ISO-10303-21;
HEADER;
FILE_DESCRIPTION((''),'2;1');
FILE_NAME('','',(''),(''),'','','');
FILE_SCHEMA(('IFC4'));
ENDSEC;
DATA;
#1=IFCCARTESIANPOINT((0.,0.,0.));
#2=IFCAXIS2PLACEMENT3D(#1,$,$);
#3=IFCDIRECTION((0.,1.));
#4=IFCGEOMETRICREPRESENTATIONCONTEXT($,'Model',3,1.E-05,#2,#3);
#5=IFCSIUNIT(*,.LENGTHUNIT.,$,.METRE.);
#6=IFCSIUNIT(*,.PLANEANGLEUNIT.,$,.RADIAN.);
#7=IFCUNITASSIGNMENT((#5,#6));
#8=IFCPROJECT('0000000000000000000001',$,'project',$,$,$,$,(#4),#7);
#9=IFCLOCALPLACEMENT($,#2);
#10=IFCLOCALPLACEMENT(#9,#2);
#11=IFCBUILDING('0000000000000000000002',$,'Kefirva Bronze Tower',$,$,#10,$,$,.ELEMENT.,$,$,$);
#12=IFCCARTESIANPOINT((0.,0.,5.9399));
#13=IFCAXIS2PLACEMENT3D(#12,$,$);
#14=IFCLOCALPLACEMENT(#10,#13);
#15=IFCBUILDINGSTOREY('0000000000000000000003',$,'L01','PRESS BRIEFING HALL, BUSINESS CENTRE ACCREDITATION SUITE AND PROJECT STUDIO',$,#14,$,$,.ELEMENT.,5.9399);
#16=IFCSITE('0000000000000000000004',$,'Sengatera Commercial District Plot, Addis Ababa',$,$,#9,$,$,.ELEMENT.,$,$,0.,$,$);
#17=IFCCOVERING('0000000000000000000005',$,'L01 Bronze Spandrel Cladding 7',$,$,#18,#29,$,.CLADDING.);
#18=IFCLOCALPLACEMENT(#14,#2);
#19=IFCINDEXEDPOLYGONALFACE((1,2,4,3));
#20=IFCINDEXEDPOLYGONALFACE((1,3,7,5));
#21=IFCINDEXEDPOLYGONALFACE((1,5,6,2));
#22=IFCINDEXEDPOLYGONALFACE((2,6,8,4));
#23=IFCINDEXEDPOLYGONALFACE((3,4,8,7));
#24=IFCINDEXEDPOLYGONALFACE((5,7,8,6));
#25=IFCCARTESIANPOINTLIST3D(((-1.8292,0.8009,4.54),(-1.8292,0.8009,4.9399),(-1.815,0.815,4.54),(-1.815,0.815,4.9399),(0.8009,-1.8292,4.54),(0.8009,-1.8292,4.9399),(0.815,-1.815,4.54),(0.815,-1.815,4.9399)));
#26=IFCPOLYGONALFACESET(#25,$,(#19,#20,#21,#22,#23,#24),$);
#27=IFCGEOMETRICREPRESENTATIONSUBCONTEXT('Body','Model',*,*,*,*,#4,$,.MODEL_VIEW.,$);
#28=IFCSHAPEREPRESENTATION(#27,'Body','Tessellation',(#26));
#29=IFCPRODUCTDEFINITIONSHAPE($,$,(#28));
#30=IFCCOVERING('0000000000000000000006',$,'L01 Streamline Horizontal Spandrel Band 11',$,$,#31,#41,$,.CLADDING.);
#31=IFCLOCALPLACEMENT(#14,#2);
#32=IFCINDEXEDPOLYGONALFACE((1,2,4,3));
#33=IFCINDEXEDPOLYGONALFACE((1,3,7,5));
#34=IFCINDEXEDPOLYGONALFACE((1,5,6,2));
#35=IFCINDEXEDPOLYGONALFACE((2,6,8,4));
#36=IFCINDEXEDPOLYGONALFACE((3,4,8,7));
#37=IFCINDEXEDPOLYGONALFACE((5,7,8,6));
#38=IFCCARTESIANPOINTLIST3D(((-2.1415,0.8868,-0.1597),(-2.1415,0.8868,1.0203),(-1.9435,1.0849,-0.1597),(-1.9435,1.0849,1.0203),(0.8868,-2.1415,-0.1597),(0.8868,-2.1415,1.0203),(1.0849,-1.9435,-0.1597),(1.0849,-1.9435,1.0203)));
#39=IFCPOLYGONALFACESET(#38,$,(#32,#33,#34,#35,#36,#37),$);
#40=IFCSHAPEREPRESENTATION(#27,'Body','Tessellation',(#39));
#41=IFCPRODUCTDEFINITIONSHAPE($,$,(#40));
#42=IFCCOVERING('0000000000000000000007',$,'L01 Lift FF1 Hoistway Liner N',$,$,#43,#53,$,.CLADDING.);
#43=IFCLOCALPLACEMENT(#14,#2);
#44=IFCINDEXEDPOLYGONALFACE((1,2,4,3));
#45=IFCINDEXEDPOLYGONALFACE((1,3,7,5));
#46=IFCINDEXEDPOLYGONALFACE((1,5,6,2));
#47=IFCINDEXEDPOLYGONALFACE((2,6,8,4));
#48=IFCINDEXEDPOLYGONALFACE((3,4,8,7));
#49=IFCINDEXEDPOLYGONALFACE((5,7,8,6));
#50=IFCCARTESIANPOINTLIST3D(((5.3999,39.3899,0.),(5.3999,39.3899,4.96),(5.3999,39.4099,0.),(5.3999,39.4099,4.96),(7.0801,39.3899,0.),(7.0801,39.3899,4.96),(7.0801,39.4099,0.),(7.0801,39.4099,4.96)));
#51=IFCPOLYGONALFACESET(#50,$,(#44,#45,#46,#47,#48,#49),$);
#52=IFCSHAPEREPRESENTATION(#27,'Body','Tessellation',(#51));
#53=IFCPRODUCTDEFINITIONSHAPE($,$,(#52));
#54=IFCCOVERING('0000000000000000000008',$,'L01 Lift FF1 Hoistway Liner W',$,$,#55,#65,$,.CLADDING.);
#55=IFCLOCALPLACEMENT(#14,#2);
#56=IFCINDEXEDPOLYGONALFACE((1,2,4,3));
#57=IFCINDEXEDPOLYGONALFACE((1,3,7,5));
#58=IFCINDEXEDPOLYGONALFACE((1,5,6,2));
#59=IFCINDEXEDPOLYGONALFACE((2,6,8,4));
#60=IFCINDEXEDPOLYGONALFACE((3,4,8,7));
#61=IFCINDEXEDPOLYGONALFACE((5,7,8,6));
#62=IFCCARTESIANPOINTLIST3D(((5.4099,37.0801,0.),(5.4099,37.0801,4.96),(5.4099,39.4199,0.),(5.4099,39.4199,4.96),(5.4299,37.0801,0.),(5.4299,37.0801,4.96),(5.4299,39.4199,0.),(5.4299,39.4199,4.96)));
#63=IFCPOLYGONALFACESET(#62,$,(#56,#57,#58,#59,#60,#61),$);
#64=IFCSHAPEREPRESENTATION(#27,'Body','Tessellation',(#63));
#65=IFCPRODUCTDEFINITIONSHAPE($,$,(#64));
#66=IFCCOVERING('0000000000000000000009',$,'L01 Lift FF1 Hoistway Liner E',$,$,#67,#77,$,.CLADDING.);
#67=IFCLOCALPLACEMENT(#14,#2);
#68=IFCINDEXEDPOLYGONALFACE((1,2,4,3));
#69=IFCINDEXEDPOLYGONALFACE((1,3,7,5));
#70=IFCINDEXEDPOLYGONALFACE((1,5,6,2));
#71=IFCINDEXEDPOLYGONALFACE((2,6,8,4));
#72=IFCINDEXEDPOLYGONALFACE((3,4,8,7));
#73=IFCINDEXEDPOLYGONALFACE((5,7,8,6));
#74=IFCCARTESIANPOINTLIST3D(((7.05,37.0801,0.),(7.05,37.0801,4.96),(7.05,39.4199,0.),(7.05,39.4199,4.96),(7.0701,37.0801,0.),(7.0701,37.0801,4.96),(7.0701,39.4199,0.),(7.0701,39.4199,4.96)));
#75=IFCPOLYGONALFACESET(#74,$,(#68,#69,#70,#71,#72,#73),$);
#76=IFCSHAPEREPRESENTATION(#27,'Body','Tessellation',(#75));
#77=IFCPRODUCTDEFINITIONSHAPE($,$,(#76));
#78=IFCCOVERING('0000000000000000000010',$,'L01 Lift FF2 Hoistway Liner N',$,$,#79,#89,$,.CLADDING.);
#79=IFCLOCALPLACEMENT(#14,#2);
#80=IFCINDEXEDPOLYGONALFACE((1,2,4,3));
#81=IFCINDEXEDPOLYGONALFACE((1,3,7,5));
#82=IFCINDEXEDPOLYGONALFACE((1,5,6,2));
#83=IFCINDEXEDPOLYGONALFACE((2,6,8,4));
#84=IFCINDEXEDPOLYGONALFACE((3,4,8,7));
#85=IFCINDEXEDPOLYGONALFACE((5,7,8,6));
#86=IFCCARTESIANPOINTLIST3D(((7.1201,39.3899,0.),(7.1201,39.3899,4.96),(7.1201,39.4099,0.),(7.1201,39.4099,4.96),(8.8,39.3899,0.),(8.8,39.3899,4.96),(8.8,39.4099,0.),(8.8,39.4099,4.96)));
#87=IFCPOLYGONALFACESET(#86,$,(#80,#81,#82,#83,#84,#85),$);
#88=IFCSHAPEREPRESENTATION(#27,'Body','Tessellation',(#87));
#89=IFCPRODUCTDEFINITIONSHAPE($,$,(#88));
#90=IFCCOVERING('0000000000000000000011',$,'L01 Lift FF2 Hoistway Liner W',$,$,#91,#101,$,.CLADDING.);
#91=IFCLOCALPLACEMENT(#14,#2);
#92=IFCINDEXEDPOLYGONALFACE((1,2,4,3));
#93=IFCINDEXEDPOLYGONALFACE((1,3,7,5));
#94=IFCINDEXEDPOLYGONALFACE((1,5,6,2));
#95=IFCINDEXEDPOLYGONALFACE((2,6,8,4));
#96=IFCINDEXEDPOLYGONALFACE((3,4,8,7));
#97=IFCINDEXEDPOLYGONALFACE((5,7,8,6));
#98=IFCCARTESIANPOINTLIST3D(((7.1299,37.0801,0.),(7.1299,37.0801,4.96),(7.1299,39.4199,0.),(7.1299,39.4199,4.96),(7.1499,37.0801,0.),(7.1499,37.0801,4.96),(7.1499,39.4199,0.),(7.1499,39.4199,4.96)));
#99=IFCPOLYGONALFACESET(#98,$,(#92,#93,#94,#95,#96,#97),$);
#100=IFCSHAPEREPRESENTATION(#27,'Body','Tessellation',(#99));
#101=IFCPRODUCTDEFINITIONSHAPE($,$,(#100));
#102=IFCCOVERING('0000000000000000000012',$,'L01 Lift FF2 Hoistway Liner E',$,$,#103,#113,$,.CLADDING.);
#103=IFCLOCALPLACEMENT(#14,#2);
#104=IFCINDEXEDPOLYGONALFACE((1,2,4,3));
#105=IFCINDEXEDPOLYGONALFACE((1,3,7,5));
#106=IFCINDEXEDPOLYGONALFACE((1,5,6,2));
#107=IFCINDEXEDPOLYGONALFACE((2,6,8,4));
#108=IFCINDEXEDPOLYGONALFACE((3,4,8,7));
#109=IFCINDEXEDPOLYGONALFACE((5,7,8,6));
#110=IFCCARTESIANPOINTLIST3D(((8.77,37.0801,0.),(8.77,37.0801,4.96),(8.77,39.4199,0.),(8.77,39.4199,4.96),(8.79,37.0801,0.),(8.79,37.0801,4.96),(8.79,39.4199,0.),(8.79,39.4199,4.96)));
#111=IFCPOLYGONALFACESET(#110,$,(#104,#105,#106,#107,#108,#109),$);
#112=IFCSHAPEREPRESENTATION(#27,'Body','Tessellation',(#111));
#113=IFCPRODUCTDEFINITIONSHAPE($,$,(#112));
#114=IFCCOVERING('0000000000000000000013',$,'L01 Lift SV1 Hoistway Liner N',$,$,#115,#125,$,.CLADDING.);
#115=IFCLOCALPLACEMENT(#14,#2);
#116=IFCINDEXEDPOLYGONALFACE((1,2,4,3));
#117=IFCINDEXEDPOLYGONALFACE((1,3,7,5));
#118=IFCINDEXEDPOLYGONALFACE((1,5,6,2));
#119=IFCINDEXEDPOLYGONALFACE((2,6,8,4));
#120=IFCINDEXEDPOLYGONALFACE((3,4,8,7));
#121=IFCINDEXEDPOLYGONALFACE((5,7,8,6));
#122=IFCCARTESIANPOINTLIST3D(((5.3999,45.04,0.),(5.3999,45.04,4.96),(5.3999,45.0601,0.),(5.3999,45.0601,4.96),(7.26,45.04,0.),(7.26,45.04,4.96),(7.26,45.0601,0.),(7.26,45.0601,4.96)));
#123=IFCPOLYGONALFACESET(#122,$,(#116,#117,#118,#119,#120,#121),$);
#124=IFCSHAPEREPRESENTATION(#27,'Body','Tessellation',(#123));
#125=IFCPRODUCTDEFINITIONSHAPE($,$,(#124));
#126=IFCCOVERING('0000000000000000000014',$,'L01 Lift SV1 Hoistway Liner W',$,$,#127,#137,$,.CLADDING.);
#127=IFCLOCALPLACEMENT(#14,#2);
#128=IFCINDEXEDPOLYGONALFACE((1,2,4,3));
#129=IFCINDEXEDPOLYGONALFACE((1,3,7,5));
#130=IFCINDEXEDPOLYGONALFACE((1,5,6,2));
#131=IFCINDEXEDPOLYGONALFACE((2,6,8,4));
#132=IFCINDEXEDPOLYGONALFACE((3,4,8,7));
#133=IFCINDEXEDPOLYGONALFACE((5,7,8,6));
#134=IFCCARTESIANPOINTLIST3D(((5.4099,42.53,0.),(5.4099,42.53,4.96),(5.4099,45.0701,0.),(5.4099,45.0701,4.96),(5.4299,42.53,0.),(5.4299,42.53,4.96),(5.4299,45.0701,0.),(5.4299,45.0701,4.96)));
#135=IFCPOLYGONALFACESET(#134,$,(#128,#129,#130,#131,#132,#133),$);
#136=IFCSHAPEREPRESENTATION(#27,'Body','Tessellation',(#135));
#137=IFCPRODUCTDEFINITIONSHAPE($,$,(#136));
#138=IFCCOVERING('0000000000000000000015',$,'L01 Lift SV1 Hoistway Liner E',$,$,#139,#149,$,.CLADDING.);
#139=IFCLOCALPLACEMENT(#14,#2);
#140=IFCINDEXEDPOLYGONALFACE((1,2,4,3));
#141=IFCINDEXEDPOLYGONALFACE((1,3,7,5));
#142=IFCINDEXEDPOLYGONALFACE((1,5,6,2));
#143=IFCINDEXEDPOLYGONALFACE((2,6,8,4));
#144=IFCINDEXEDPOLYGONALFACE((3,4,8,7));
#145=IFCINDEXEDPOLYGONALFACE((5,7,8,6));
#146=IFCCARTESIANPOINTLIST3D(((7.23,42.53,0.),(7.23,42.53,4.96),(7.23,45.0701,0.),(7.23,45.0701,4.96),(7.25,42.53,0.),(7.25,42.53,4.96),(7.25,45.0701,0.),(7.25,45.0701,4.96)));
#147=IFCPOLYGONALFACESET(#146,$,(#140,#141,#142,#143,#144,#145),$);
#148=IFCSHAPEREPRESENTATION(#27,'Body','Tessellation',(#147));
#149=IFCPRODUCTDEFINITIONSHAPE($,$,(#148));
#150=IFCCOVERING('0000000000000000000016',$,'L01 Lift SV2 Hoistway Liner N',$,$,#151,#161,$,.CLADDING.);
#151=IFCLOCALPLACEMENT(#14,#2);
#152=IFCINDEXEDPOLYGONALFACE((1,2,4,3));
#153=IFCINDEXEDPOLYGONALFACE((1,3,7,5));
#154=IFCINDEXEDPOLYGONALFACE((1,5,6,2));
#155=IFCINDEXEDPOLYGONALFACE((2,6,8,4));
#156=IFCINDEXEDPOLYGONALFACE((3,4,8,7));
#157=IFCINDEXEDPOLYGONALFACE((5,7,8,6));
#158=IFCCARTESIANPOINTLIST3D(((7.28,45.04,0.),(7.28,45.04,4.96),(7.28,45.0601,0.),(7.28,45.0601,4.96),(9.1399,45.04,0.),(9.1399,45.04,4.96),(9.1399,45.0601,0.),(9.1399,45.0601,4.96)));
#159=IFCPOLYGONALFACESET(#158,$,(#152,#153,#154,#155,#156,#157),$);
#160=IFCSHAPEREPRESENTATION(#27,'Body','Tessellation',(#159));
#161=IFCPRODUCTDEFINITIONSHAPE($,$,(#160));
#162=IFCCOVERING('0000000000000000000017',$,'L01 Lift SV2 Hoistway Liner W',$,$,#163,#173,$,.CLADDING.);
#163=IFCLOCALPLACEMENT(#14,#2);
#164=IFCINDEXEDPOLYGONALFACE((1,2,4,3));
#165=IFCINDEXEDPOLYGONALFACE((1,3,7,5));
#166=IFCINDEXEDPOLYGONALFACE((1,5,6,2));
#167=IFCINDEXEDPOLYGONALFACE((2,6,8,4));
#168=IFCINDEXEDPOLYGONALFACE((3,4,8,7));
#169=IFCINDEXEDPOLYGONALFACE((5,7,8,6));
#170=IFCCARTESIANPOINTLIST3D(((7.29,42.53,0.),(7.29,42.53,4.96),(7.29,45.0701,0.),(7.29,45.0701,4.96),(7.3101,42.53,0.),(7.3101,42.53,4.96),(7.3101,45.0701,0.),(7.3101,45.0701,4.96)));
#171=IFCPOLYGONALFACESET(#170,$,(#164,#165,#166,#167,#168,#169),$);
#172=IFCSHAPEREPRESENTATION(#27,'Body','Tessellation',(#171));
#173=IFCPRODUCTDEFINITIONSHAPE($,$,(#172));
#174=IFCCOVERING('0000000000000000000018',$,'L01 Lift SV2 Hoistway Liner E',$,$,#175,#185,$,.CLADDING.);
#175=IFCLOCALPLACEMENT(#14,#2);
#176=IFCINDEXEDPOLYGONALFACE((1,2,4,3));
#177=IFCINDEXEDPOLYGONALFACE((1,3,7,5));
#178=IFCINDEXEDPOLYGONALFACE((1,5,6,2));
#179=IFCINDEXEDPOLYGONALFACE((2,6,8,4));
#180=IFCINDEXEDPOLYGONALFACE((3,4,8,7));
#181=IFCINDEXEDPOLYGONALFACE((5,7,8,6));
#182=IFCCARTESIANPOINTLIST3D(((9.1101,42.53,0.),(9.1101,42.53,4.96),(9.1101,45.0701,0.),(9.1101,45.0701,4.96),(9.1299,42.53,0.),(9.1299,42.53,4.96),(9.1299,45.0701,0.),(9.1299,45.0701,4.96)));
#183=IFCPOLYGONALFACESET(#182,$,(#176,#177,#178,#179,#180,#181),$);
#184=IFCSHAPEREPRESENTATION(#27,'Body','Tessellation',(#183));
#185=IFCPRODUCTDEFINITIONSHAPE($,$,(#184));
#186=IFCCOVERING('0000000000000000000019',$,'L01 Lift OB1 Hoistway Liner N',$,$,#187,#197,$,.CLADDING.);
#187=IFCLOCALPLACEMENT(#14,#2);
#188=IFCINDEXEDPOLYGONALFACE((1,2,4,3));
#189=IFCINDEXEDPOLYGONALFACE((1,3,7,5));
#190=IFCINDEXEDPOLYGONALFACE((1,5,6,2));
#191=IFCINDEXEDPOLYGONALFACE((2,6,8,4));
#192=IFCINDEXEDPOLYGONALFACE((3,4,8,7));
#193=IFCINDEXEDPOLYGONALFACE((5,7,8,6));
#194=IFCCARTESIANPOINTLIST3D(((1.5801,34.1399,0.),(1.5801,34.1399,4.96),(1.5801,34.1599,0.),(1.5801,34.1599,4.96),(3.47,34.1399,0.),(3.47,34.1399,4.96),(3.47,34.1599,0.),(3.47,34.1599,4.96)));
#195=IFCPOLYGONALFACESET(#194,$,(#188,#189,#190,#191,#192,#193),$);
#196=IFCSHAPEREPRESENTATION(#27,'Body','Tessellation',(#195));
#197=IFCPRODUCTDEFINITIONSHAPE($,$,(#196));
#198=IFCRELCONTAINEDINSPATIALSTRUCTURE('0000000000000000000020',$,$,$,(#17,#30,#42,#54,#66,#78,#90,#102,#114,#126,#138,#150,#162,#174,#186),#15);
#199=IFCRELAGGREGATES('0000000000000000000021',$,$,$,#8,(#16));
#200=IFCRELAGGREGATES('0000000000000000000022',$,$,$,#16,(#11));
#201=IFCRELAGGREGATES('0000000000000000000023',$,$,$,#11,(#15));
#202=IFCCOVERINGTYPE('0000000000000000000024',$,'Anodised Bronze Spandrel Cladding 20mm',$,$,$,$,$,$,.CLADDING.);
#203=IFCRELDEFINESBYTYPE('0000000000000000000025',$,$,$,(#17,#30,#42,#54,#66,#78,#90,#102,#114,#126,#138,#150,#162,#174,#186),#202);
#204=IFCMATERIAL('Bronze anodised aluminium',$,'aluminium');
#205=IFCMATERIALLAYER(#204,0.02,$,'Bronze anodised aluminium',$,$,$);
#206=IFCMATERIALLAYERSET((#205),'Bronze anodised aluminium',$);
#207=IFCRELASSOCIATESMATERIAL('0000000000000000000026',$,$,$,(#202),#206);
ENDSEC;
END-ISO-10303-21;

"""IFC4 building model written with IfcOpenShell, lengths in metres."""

from ifc_helpers import new_model, si_unit, direction, frame, origin, origin_2d, place, context, subcontext, project, spatial, polyline, rectangle, outline, extrude, material, layer, layer_set, type_object, element, save


model = new_model("IFC4")

# Units and contexts
model_context = context("Model", 3, precision=1e-05, world=origin(), true_north=direction((0.0, 1.0)))
body_context = subcontext(model_context, "Body", "Model", "MODEL_VIEW")
ifc_project = project(units=[si_unit("LENGTHUNIT", "METRE"), si_unit("PLANEANGLEUNIT", "RADIAN")], contexts=[model_context])

# Site, building, storey
site_placement = place(None, origin())
site = spatial("IfcSite", under=ifc_project, at=site_placement, Name="Sengatera Commercial District Plot, Addis Ababa", CompositionType="ELEMENT", RefElevation=0.0)
building_placement = place(site_placement, origin())
building = spatial("IfcBuilding", under=site, at=building_placement, Name="Kefirva Bronze Tower", CompositionType="ELEMENT")
storey_placement = place(building_placement, frame((0.0, 0.0, 5.9399)))
storey = spatial("IfcBuildingStorey", under=building, at=storey_placement, Name="L01", Description="PRESS BRIEFING HALL, BUSINESS CENTRE ACCREDITATION SUITE AND PROJECT STUDIO", CompositionType="ELEMENT", Elevation=5.9399)

# Coverings
ifc_material_1 = material(Name="Bronze anodised aluminium", Category="aluminium")
ifc_layer_1 = layer(ifc_material_1, 0.02, Name="Bronze anodised aluminium")
ifc_layer_set_1 = layer_set([ifc_layer_1], Name="Bronze anodised aluminium")
covering_type_1 = type_object("IfcCoveringType", Name="Anodised Bronze Spandrel Cladding 20mm", PredefinedType="CLADDING", material=ifc_layer_set_1)
covering_1_placement = place(storey_placement, frame((-0.5071, -0.5071, 4.54), z_axis=(0.0, 0.0, 1.0), x_axis=(0.707107, -0.707107, 0.0)))
element("IfcCovering", 1, at=covering_1_placement, inside=storey, type_object=covering_type_1, Name="L01 Bronze Spandrel Cladding 7", PredefinedType="CLADDING", context=body_context, shape_type="SweptSolid", body=[
    extrude(rectangle(XDim=3.7195, YDim=0.02, at=origin_2d()), origin(), (0.0, 0.0, 1.0), 0.3999),
])
covering_2_placement = place(storey_placement, frame((-0.5283, -0.5283, -0.1597), z_axis=(0.0, 0.0, 1.0), x_axis=(0.707107, -0.707107, 0.0)))
element("IfcCovering", 2, at=covering_2_placement, inside=storey, type_object=covering_type_1, Name="L01 Streamline Horizontal Spandrel Band 11", PredefinedType="CLADDING", context=body_context, shape_type="SweptSolid", body=[
    extrude(rectangle(XDim=4.2827, YDim=0.28, at=origin_2d()), origin(), (0.0, 0.0, 1.0), 1.1799),
])
covering_3_placement = place(storey_placement, origin())
element("IfcCovering", 3, at=covering_3_placement, inside=storey, type_object=covering_type_1, Name="L01 Lift FF1 Hoistway Liner N", PredefinedType="CLADDING", context=body_context, shape_type="SweptSolid", body=[
    extrude(outline(polyline([(5.3999, 39.3899), (7.0801, 39.3899), (7.0801, 39.4099), (5.3999, 39.4099), (5.3999, 39.3899)])), origin(), (0.0, 0.0, 1.0), 4.96),
])
covering_4_placement = place(storey_placement, origin())
element("IfcCovering", 4, at=covering_4_placement, inside=storey, type_object=covering_type_1, Name="L01 Lift FF1 Hoistway Liner W", PredefinedType="CLADDING", context=body_context, shape_type="SweptSolid", body=[
    extrude(outline(polyline([(5.4099, 37.0801), (5.4299, 37.0801), (5.4299, 39.4199), (5.4099, 39.4199), (5.4099, 37.0801)])), origin(), (0.0, 0.0, 1.0), 4.96),
])
covering_5_placement = place(storey_placement, origin())
element("IfcCovering", 5, at=covering_5_placement, inside=storey, type_object=covering_type_1, Name="L01 Lift FF1 Hoistway Liner E", PredefinedType="CLADDING", context=body_context, shape_type="SweptSolid", body=[
    extrude(outline(polyline([(7.05, 37.0801), (7.0701, 37.0801), (7.0701, 39.4199), (7.05, 39.4199), (7.05, 37.0801)])), origin(), (0.0, 0.0, 1.0), 4.96),
])
covering_6_placement = place(storey_placement, origin())
element("IfcCovering", 6, at=covering_6_placement, inside=storey, type_object=covering_type_1, Name="L01 Lift FF2 Hoistway Liner N", PredefinedType="CLADDING", context=body_context, shape_type="SweptSolid", body=[
    extrude(outline(polyline([(7.1201, 39.3899), (8.8, 39.3899), (8.8, 39.4099), (7.1201, 39.4099), (7.1201, 39.3899)])), origin(), (0.0, 0.0, 1.0), 4.96),
])
covering_7_placement = place(storey_placement, origin())
element("IfcCovering", 7, at=covering_7_placement, inside=storey, type_object=covering_type_1, Name="L01 Lift FF2 Hoistway Liner W", PredefinedType="CLADDING", context=body_context, shape_type="SweptSolid", body=[
    extrude(outline(polyline([(7.1299, 37.0801), (7.1499, 37.0801), (7.1499, 39.4199), (7.1299, 39.4199), (7.1299, 37.0801)])), origin(), (0.0, 0.0, 1.0), 4.96),
])
covering_8_placement = place(storey_placement, origin())
element("IfcCovering", 8, at=covering_8_placement, inside=storey, type_object=covering_type_1, Name="L01 Lift FF2 Hoistway Liner E", PredefinedType="CLADDING", context=body_context, shape_type="SweptSolid", body=[
    extrude(outline(polyline([(8.77, 37.0801), (8.79, 37.0801), (8.79, 39.4199), (8.77, 39.4199), (8.77, 37.0801)])), origin(), (0.0, 0.0, 1.0), 4.96),
])
covering_9_placement = place(storey_placement, origin())
element("IfcCovering", 9, at=covering_9_placement, inside=storey, type_object=covering_type_1, Name="L01 Lift SV1 Hoistway Liner N", PredefinedType="CLADDING", context=body_context, shape_type="SweptSolid", body=[
    extrude(outline(polyline([(5.3999, 45.04), (7.26, 45.04), (7.26, 45.0601), (5.3999, 45.0601), (5.3999, 45.04)])), origin(), (0.0, 0.0, 1.0), 4.96),
])
covering_10_placement = place(storey_placement, origin())
element("IfcCovering", 10, at=covering_10_placement, inside=storey, type_object=covering_type_1, Name="L01 Lift SV1 Hoistway Liner W", PredefinedType="CLADDING", context=body_context, shape_type="SweptSolid", body=[
    extrude(outline(polyline([(5.4099, 42.53), (5.4299, 42.53), (5.4299, 45.0701), (5.4099, 45.0701), (5.4099, 42.53)])), origin(), (0.0, 0.0, 1.0), 4.96),
])
covering_11_placement = place(storey_placement, origin())
element("IfcCovering", 11, at=covering_11_placement, inside=storey, type_object=covering_type_1, Name="L01 Lift SV1 Hoistway Liner E", PredefinedType="CLADDING", context=body_context, shape_type="SweptSolid", body=[
    extrude(outline(polyline([(7.23, 42.53), (7.25, 42.53), (7.25, 45.0701), (7.23, 45.0701), (7.23, 42.53)])), origin(), (0.0, 0.0, 1.0), 4.96),
])
covering_12_placement = place(storey_placement, origin())
element("IfcCovering", 12, at=covering_12_placement, inside=storey, type_object=covering_type_1, Name="L01 Lift SV2 Hoistway Liner N", PredefinedType="CLADDING", context=body_context, shape_type="SweptSolid", body=[
    extrude(outline(polyline([(7.28, 45.04), (9.1399, 45.04), (9.1399, 45.0601), (7.28, 45.0601), (7.28, 45.04)])), origin(), (0.0, 0.0, 1.0), 4.96),
])
covering_13_placement = place(storey_placement, origin())
element("IfcCovering", 13, at=covering_13_placement, inside=storey, type_object=covering_type_1, Name="L01 Lift SV2 Hoistway Liner W", PredefinedType="CLADDING", context=body_context, shape_type="SweptSolid", body=[
    extrude(outline(polyline([(7.29, 42.53), (7.3101, 42.53), (7.3101, 45.0701), (7.29, 45.0701), (7.29, 42.53)])), origin(), (0.0, 0.0, 1.0), 4.96),
])
covering_14_placement = place(storey_placement, origin())
element("IfcCovering", 14, at=covering_14_placement, inside=storey, type_object=covering_type_1, Name="L01 Lift SV2 Hoistway Liner E", PredefinedType="CLADDING", context=body_context, shape_type="SweptSolid", body=[
    extrude(outline(polyline([(9.1101, 42.53), (9.1299, 42.53), (9.1299, 45.0701), (9.1101, 45.0701), (9.1101, 42.53)])), origin(), (0.0, 0.0, 1.0), 4.96),
])
covering_15_placement = place(storey_placement, origin())
element("IfcCovering", 15, at=covering_15_placement, inside=storey, type_object=covering_type_1, Name="L01 Lift OB1 Hoistway Liner N", PredefinedType="CLADDING", context=body_context, shape_type="SweptSolid", body=[
    extrude(outline(polyline([(1.5801, 34.1399), (3.47, 34.1399), (3.47, 34.1599), (1.5801, 34.1599), (1.5801, 34.1399)])), origin(), (0.0, 0.0, 1.0), 4.96),
])

save(model, "model.ifc")
